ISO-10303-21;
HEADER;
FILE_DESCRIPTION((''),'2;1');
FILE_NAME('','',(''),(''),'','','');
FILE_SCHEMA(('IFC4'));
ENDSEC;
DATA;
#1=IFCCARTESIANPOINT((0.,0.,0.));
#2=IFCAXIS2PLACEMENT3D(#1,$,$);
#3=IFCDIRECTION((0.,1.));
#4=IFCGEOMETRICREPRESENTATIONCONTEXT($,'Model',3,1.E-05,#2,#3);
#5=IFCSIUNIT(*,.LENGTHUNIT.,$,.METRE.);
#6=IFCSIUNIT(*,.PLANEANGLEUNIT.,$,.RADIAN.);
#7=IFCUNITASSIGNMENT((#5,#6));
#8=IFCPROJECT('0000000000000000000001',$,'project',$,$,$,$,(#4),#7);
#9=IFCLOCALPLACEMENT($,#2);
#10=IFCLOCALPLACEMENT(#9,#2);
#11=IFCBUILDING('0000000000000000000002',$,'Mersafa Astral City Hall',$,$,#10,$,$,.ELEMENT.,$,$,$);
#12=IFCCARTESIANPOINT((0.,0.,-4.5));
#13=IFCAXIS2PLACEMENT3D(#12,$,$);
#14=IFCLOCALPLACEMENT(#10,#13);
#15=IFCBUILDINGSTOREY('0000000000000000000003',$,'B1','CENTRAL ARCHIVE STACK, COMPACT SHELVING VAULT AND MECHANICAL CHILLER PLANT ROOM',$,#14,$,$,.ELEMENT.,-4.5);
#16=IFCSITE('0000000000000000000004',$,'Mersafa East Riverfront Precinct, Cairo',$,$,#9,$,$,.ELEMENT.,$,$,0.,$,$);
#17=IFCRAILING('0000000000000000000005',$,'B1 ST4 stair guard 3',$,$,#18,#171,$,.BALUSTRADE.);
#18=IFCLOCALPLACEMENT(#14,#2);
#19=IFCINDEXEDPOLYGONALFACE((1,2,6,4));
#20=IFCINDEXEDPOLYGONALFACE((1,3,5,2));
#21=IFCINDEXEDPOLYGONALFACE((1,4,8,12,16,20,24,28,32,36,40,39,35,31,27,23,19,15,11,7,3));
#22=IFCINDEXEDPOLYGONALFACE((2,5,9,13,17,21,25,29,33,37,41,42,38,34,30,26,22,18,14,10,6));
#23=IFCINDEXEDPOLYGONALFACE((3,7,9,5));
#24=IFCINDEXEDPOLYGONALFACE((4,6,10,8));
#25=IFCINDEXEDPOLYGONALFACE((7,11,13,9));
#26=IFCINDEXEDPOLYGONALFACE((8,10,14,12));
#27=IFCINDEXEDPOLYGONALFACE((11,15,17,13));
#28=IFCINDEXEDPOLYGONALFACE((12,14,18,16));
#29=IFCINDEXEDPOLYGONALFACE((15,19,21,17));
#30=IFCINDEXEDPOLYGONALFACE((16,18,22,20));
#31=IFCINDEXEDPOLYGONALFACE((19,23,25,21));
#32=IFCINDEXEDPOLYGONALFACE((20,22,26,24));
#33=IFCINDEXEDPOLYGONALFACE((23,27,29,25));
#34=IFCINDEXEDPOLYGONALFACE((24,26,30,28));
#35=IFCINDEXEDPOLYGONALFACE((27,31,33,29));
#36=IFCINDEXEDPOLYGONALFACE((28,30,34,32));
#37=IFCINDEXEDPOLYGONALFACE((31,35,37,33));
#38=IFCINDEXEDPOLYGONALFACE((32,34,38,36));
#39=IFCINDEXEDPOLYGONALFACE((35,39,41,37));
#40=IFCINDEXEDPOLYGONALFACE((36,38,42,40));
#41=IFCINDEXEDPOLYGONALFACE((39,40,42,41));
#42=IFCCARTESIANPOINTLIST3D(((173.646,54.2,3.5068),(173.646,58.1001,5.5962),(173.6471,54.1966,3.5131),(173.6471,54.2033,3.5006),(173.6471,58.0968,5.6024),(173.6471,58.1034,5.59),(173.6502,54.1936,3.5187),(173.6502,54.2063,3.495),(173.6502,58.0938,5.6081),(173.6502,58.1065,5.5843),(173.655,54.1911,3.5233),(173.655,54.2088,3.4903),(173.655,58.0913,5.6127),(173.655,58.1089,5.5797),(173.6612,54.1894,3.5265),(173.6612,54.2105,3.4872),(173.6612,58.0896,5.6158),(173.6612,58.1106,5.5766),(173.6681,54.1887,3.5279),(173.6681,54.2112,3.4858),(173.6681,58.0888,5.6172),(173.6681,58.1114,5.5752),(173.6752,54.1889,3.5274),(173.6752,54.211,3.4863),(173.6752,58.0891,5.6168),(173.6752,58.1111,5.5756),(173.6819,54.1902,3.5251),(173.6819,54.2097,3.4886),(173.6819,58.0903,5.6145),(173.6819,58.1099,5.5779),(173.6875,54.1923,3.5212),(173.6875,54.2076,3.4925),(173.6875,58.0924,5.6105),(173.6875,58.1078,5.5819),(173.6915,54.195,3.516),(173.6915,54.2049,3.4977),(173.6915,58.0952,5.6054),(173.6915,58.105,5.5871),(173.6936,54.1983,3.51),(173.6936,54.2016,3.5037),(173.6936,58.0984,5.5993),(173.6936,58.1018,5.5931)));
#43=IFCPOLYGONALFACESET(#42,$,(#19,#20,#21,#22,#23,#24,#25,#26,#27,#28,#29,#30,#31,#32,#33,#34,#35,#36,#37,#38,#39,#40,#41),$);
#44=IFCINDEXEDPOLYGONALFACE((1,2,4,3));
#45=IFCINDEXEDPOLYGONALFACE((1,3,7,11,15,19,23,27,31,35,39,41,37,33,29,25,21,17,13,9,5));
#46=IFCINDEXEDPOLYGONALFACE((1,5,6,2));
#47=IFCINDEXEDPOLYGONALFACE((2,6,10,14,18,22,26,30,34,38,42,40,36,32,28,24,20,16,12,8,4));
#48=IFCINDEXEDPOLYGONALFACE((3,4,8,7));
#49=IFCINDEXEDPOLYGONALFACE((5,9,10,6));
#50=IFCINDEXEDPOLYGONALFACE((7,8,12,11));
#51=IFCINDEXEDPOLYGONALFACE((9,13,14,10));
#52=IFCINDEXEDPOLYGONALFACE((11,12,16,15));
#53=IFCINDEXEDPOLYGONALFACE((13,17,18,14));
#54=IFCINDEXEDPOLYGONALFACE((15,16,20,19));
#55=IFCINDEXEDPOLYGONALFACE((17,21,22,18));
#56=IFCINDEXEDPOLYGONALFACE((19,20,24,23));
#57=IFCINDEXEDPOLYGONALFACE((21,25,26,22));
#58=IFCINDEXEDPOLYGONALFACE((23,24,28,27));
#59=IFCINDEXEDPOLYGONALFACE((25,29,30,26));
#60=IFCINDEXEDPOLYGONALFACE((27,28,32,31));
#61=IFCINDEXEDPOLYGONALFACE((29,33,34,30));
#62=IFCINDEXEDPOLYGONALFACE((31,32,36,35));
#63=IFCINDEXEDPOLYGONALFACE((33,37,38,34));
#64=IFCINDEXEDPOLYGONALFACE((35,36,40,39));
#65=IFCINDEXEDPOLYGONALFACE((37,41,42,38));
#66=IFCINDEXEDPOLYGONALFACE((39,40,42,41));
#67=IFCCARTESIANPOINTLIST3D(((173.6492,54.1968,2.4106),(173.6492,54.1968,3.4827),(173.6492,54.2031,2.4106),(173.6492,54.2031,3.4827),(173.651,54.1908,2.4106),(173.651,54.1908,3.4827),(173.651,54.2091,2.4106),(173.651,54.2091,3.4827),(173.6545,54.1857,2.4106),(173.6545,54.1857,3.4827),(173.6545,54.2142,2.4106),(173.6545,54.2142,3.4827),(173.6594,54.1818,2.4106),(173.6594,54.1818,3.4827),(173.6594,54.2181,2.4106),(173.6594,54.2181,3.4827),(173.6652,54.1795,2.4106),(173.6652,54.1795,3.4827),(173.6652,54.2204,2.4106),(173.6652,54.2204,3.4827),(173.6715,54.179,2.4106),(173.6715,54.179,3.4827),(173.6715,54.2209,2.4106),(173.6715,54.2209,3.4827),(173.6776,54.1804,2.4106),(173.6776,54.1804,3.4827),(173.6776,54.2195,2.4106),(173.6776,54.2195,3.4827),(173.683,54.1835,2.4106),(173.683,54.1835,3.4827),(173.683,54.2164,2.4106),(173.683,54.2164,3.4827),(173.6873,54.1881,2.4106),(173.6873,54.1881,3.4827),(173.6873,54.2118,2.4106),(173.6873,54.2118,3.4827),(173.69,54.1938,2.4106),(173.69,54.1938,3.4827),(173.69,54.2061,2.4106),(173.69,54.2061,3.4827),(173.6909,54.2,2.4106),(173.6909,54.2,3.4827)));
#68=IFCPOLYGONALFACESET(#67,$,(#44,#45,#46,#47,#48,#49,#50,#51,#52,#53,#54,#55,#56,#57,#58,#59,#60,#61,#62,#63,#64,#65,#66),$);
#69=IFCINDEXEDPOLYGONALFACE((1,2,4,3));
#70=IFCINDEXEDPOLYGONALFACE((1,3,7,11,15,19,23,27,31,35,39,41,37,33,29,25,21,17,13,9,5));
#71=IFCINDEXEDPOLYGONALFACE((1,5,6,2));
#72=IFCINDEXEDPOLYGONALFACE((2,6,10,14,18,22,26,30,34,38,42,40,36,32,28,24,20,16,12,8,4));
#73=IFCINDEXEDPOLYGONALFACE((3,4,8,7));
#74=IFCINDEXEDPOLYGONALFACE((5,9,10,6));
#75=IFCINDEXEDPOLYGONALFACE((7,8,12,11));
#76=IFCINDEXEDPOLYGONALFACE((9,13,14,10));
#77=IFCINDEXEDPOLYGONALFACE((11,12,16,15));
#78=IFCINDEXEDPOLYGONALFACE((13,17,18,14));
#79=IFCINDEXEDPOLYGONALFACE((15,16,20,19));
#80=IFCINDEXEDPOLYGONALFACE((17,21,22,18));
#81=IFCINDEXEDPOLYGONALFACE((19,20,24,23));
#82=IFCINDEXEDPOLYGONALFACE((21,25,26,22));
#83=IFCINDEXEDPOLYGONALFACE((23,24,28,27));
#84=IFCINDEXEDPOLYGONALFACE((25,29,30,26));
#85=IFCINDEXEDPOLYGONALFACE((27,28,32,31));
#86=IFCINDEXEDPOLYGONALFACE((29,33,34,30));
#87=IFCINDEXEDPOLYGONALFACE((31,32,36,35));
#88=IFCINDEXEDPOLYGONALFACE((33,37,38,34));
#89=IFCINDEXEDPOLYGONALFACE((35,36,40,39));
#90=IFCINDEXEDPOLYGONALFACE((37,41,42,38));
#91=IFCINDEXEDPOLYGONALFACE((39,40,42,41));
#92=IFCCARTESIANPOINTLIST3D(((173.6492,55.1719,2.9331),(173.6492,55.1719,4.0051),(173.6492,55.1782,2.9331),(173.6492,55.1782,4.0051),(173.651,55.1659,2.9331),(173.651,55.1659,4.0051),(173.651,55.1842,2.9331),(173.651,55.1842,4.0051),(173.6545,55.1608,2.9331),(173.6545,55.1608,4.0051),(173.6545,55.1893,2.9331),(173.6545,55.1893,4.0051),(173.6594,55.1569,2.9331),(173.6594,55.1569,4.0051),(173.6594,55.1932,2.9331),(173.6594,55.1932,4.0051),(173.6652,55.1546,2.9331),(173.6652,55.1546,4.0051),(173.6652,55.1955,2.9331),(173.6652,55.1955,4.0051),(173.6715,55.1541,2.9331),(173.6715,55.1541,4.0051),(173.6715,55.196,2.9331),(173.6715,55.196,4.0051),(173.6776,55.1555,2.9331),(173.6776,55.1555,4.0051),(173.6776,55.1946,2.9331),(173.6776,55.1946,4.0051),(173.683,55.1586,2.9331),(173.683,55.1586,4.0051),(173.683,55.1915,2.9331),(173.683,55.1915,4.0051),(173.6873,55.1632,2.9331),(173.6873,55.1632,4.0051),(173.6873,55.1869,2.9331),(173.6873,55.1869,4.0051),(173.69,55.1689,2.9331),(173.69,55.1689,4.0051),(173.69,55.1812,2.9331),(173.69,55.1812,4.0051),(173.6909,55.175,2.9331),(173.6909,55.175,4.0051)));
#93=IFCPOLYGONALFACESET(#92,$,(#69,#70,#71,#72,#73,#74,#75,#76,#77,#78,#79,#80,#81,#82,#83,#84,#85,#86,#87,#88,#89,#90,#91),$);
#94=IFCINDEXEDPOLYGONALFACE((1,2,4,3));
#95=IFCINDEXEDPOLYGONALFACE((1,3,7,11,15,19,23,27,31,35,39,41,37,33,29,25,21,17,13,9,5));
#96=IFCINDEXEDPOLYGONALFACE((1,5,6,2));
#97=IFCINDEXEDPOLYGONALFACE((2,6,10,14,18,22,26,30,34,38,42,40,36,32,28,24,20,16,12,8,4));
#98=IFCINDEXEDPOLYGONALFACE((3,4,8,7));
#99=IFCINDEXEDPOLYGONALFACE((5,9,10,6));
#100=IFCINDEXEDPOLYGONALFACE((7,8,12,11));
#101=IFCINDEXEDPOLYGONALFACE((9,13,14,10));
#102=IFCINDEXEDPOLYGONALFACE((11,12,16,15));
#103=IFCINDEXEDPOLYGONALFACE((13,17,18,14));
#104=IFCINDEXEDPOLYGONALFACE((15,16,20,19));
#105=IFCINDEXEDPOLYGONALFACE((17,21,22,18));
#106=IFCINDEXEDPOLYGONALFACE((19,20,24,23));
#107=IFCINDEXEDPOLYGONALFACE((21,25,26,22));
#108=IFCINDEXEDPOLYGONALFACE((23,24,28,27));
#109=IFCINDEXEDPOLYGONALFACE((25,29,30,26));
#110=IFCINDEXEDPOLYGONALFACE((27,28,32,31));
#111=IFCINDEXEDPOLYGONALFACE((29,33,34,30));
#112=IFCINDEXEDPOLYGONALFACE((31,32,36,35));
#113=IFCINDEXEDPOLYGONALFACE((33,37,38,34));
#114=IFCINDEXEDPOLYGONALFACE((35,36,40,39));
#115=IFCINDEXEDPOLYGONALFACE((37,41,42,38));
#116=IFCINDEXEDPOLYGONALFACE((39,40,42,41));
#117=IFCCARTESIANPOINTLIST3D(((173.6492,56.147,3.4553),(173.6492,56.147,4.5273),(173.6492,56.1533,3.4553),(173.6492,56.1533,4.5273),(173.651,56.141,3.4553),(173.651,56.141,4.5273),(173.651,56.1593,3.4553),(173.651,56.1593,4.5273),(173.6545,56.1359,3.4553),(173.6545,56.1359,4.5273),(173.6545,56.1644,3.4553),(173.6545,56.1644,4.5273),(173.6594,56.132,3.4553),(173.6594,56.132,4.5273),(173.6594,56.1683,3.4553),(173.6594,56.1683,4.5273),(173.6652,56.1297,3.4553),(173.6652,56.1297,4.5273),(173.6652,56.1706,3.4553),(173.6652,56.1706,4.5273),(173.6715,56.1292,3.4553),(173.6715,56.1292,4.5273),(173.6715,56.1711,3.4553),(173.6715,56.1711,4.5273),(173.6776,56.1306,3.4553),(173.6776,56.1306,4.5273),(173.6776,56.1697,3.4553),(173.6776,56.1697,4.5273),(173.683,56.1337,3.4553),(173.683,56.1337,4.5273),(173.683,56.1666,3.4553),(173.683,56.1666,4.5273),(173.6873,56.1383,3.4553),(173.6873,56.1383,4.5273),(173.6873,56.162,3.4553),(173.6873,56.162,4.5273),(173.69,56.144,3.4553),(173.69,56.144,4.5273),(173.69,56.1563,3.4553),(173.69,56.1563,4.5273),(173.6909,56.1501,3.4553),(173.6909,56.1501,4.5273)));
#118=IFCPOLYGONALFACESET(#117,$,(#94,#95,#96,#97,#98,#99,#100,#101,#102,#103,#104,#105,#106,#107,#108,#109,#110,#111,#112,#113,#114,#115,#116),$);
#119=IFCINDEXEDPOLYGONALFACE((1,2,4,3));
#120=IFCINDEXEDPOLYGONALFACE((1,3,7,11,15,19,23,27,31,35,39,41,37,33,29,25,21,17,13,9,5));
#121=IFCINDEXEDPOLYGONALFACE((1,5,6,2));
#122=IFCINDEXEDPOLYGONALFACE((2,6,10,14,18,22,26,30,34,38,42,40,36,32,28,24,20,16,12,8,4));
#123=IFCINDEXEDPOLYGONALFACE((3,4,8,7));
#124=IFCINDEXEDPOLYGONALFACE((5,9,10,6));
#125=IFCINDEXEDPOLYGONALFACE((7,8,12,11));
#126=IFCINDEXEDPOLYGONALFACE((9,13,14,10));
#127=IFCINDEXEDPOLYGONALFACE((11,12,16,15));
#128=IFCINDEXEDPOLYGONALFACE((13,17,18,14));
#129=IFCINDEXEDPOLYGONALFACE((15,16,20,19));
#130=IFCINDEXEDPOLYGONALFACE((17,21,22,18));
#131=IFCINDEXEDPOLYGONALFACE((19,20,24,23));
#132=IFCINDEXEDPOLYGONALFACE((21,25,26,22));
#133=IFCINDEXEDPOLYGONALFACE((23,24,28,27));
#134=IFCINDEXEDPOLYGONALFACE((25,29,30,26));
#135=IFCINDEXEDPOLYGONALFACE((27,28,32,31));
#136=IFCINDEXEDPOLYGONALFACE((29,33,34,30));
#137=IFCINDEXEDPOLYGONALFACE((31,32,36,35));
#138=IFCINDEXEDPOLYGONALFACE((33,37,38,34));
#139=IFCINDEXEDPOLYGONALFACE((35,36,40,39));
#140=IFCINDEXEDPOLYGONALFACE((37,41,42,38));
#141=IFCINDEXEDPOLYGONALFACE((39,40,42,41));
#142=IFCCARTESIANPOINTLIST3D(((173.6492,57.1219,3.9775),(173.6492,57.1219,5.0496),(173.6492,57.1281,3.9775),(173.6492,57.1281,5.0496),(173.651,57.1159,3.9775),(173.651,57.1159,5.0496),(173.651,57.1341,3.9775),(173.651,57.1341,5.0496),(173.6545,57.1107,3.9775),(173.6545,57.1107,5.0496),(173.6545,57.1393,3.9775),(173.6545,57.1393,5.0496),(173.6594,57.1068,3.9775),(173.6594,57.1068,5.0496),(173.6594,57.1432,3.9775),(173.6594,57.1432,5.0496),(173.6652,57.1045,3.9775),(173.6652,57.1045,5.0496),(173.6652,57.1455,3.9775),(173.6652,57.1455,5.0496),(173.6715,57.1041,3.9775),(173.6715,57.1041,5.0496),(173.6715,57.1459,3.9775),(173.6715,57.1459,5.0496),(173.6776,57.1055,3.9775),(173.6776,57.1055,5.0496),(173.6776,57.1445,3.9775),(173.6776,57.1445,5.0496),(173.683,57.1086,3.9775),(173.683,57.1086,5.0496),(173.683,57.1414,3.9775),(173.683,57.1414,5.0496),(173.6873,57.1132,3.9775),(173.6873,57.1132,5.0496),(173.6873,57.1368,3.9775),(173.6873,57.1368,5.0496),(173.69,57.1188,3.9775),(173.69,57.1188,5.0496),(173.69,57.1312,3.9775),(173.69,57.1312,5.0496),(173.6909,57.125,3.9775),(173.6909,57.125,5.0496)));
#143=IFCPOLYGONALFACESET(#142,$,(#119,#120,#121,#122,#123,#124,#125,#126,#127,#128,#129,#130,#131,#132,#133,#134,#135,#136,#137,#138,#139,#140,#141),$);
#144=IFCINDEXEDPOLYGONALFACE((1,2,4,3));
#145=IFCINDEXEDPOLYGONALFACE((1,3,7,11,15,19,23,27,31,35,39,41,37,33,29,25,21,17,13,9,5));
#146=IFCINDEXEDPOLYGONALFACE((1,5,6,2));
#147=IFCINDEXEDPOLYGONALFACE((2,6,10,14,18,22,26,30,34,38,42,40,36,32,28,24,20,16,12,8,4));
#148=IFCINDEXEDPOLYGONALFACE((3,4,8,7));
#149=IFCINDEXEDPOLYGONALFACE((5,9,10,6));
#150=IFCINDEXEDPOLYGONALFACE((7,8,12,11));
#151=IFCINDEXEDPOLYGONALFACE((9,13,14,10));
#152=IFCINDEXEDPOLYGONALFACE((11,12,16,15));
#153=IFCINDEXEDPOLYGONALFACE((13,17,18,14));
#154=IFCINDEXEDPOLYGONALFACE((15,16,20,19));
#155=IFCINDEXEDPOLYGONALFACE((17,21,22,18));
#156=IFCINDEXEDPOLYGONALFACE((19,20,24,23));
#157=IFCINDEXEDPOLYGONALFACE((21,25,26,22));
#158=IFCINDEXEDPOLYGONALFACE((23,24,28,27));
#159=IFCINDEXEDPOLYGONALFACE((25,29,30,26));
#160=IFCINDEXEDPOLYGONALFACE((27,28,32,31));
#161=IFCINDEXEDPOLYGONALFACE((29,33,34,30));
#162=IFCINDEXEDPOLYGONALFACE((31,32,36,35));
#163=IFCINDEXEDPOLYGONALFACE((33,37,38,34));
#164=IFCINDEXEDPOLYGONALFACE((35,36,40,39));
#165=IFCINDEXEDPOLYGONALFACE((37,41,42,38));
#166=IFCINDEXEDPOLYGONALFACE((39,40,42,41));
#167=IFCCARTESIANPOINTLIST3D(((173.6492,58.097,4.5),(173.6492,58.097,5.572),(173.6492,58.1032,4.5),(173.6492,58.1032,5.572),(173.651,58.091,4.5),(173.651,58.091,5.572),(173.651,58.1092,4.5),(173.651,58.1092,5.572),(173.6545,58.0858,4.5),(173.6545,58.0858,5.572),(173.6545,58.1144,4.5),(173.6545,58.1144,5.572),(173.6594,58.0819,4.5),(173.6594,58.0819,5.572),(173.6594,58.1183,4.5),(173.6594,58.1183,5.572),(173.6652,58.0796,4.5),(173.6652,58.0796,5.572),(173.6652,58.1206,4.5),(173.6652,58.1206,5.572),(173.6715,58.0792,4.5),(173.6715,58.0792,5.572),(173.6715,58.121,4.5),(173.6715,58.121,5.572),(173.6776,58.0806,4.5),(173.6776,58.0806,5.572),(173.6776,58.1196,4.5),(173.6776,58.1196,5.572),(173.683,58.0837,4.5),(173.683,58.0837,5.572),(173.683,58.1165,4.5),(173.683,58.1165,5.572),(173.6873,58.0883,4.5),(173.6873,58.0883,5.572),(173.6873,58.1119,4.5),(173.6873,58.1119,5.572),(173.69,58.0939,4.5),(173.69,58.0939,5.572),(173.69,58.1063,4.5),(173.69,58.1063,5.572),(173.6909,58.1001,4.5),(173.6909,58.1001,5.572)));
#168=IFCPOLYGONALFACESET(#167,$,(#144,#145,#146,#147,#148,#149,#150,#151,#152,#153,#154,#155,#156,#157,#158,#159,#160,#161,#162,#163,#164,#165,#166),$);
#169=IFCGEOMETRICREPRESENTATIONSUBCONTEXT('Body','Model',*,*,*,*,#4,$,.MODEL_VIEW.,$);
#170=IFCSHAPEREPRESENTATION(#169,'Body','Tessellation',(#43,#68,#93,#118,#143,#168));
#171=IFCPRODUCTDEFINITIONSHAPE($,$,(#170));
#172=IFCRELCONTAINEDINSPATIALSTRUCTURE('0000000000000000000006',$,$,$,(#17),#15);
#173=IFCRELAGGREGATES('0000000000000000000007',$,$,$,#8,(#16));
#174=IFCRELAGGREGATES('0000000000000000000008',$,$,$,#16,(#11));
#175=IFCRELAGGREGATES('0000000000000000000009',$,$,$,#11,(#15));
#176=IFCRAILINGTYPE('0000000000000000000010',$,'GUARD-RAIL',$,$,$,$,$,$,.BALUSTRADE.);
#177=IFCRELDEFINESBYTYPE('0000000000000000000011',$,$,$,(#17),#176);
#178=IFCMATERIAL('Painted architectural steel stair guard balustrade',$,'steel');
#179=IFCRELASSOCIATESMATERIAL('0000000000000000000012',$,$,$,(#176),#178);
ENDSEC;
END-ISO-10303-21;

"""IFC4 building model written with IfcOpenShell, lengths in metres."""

from ifc_helpers import new_model, si_unit, direction, frame, origin, origin_2d, place, context, subcontext, project, spatial, circle, extrude, material, type_object, element, save


model = new_model("IFC4")

# Units and contexts
model_context = context("Model", 3, precision=1e-05, world=origin(), true_north=direction((0.0, 1.0)))
body_context = subcontext(model_context, "Body", "Model", "MODEL_VIEW")
ifc_project = project(units=[si_unit("LENGTHUNIT", "METRE"), si_unit("PLANEANGLEUNIT", "RADIAN")], contexts=[model_context])

# Site, building, storey
site_placement = place(None, origin())
site = spatial("IfcSite", under=ifc_project, at=site_placement, Name="Mersafa East Riverfront Precinct, Cairo", CompositionType="ELEMENT", RefElevation=0.0)
building_placement = place(site_placement, origin())
building = spatial("IfcBuilding", under=site, at=building_placement, Name="Mersafa Astral City Hall", CompositionType="ELEMENT")
storey_placement = place(building_placement, frame((0.0, 0.0, -4.5)))
storey = spatial("IfcBuildingStorey", under=building, at=storey_placement, Name="B1", Description="CENTRAL ARCHIVE STACK, COMPACT SHELVING VAULT AND MECHANICAL CHILLER PLANT ROOM", CompositionType="ELEMENT", Elevation=-4.5)

# Railing
ifc_material_1 = material(Name="Painted architectural steel stair guard balustrade", Category="steel")
railing_type_1 = type_object("IfcRailingType", Name="GUARD-RAIL", PredefinedType="BALUSTRADE", material=ifc_material_1)
railing_1_placement = place(storey_placement, frame((173.6699, 54.2, 2.4106)))
element("IfcRailing", 1, at=railing_1_placement, inside=storey, type_object=railing_type_1, Name="B1 ST4 stair guard 3", PredefinedType="BALUSTRADE", context=body_context, shape_type="SweptSolid", body=[
    extrude(circle(Radius=0.0239, at=origin_2d()), frame((0.0, 0.0, 1.0962), z_axis=(0.0, 0.881481, 0.47222), x_axis=(-1.0, 0.0, 0.0)), (0.0, 0.0, 1.0), 4.4246),
    extrude(circle(Radius=0.021, at=origin_2d()), origin(), (0.0, 0.0, 1.0), 1.072),
    extrude(circle(Radius=0.021, at=origin_2d()), frame((0.0, 0.9751, 0.5225)), (0.0, 0.0, 1.0), 1.072),
    extrude(circle(Radius=0.021, at=origin_2d()), frame((0.0, 1.9502, 1.0447)), (0.0, 0.0, 1.0), 1.072),
    extrude(circle(Radius=0.021, at=origin_2d()), frame((0.0, 2.925, 1.5669)), (0.0, 0.0, 1.0), 1.072),
    extrude(circle(Radius=0.021, at=origin_2d()), frame((0.0, 3.9001, 2.0894)), (0.0, 0.0, 1.0), 1.072),
])

save(model, "model.ifc")
